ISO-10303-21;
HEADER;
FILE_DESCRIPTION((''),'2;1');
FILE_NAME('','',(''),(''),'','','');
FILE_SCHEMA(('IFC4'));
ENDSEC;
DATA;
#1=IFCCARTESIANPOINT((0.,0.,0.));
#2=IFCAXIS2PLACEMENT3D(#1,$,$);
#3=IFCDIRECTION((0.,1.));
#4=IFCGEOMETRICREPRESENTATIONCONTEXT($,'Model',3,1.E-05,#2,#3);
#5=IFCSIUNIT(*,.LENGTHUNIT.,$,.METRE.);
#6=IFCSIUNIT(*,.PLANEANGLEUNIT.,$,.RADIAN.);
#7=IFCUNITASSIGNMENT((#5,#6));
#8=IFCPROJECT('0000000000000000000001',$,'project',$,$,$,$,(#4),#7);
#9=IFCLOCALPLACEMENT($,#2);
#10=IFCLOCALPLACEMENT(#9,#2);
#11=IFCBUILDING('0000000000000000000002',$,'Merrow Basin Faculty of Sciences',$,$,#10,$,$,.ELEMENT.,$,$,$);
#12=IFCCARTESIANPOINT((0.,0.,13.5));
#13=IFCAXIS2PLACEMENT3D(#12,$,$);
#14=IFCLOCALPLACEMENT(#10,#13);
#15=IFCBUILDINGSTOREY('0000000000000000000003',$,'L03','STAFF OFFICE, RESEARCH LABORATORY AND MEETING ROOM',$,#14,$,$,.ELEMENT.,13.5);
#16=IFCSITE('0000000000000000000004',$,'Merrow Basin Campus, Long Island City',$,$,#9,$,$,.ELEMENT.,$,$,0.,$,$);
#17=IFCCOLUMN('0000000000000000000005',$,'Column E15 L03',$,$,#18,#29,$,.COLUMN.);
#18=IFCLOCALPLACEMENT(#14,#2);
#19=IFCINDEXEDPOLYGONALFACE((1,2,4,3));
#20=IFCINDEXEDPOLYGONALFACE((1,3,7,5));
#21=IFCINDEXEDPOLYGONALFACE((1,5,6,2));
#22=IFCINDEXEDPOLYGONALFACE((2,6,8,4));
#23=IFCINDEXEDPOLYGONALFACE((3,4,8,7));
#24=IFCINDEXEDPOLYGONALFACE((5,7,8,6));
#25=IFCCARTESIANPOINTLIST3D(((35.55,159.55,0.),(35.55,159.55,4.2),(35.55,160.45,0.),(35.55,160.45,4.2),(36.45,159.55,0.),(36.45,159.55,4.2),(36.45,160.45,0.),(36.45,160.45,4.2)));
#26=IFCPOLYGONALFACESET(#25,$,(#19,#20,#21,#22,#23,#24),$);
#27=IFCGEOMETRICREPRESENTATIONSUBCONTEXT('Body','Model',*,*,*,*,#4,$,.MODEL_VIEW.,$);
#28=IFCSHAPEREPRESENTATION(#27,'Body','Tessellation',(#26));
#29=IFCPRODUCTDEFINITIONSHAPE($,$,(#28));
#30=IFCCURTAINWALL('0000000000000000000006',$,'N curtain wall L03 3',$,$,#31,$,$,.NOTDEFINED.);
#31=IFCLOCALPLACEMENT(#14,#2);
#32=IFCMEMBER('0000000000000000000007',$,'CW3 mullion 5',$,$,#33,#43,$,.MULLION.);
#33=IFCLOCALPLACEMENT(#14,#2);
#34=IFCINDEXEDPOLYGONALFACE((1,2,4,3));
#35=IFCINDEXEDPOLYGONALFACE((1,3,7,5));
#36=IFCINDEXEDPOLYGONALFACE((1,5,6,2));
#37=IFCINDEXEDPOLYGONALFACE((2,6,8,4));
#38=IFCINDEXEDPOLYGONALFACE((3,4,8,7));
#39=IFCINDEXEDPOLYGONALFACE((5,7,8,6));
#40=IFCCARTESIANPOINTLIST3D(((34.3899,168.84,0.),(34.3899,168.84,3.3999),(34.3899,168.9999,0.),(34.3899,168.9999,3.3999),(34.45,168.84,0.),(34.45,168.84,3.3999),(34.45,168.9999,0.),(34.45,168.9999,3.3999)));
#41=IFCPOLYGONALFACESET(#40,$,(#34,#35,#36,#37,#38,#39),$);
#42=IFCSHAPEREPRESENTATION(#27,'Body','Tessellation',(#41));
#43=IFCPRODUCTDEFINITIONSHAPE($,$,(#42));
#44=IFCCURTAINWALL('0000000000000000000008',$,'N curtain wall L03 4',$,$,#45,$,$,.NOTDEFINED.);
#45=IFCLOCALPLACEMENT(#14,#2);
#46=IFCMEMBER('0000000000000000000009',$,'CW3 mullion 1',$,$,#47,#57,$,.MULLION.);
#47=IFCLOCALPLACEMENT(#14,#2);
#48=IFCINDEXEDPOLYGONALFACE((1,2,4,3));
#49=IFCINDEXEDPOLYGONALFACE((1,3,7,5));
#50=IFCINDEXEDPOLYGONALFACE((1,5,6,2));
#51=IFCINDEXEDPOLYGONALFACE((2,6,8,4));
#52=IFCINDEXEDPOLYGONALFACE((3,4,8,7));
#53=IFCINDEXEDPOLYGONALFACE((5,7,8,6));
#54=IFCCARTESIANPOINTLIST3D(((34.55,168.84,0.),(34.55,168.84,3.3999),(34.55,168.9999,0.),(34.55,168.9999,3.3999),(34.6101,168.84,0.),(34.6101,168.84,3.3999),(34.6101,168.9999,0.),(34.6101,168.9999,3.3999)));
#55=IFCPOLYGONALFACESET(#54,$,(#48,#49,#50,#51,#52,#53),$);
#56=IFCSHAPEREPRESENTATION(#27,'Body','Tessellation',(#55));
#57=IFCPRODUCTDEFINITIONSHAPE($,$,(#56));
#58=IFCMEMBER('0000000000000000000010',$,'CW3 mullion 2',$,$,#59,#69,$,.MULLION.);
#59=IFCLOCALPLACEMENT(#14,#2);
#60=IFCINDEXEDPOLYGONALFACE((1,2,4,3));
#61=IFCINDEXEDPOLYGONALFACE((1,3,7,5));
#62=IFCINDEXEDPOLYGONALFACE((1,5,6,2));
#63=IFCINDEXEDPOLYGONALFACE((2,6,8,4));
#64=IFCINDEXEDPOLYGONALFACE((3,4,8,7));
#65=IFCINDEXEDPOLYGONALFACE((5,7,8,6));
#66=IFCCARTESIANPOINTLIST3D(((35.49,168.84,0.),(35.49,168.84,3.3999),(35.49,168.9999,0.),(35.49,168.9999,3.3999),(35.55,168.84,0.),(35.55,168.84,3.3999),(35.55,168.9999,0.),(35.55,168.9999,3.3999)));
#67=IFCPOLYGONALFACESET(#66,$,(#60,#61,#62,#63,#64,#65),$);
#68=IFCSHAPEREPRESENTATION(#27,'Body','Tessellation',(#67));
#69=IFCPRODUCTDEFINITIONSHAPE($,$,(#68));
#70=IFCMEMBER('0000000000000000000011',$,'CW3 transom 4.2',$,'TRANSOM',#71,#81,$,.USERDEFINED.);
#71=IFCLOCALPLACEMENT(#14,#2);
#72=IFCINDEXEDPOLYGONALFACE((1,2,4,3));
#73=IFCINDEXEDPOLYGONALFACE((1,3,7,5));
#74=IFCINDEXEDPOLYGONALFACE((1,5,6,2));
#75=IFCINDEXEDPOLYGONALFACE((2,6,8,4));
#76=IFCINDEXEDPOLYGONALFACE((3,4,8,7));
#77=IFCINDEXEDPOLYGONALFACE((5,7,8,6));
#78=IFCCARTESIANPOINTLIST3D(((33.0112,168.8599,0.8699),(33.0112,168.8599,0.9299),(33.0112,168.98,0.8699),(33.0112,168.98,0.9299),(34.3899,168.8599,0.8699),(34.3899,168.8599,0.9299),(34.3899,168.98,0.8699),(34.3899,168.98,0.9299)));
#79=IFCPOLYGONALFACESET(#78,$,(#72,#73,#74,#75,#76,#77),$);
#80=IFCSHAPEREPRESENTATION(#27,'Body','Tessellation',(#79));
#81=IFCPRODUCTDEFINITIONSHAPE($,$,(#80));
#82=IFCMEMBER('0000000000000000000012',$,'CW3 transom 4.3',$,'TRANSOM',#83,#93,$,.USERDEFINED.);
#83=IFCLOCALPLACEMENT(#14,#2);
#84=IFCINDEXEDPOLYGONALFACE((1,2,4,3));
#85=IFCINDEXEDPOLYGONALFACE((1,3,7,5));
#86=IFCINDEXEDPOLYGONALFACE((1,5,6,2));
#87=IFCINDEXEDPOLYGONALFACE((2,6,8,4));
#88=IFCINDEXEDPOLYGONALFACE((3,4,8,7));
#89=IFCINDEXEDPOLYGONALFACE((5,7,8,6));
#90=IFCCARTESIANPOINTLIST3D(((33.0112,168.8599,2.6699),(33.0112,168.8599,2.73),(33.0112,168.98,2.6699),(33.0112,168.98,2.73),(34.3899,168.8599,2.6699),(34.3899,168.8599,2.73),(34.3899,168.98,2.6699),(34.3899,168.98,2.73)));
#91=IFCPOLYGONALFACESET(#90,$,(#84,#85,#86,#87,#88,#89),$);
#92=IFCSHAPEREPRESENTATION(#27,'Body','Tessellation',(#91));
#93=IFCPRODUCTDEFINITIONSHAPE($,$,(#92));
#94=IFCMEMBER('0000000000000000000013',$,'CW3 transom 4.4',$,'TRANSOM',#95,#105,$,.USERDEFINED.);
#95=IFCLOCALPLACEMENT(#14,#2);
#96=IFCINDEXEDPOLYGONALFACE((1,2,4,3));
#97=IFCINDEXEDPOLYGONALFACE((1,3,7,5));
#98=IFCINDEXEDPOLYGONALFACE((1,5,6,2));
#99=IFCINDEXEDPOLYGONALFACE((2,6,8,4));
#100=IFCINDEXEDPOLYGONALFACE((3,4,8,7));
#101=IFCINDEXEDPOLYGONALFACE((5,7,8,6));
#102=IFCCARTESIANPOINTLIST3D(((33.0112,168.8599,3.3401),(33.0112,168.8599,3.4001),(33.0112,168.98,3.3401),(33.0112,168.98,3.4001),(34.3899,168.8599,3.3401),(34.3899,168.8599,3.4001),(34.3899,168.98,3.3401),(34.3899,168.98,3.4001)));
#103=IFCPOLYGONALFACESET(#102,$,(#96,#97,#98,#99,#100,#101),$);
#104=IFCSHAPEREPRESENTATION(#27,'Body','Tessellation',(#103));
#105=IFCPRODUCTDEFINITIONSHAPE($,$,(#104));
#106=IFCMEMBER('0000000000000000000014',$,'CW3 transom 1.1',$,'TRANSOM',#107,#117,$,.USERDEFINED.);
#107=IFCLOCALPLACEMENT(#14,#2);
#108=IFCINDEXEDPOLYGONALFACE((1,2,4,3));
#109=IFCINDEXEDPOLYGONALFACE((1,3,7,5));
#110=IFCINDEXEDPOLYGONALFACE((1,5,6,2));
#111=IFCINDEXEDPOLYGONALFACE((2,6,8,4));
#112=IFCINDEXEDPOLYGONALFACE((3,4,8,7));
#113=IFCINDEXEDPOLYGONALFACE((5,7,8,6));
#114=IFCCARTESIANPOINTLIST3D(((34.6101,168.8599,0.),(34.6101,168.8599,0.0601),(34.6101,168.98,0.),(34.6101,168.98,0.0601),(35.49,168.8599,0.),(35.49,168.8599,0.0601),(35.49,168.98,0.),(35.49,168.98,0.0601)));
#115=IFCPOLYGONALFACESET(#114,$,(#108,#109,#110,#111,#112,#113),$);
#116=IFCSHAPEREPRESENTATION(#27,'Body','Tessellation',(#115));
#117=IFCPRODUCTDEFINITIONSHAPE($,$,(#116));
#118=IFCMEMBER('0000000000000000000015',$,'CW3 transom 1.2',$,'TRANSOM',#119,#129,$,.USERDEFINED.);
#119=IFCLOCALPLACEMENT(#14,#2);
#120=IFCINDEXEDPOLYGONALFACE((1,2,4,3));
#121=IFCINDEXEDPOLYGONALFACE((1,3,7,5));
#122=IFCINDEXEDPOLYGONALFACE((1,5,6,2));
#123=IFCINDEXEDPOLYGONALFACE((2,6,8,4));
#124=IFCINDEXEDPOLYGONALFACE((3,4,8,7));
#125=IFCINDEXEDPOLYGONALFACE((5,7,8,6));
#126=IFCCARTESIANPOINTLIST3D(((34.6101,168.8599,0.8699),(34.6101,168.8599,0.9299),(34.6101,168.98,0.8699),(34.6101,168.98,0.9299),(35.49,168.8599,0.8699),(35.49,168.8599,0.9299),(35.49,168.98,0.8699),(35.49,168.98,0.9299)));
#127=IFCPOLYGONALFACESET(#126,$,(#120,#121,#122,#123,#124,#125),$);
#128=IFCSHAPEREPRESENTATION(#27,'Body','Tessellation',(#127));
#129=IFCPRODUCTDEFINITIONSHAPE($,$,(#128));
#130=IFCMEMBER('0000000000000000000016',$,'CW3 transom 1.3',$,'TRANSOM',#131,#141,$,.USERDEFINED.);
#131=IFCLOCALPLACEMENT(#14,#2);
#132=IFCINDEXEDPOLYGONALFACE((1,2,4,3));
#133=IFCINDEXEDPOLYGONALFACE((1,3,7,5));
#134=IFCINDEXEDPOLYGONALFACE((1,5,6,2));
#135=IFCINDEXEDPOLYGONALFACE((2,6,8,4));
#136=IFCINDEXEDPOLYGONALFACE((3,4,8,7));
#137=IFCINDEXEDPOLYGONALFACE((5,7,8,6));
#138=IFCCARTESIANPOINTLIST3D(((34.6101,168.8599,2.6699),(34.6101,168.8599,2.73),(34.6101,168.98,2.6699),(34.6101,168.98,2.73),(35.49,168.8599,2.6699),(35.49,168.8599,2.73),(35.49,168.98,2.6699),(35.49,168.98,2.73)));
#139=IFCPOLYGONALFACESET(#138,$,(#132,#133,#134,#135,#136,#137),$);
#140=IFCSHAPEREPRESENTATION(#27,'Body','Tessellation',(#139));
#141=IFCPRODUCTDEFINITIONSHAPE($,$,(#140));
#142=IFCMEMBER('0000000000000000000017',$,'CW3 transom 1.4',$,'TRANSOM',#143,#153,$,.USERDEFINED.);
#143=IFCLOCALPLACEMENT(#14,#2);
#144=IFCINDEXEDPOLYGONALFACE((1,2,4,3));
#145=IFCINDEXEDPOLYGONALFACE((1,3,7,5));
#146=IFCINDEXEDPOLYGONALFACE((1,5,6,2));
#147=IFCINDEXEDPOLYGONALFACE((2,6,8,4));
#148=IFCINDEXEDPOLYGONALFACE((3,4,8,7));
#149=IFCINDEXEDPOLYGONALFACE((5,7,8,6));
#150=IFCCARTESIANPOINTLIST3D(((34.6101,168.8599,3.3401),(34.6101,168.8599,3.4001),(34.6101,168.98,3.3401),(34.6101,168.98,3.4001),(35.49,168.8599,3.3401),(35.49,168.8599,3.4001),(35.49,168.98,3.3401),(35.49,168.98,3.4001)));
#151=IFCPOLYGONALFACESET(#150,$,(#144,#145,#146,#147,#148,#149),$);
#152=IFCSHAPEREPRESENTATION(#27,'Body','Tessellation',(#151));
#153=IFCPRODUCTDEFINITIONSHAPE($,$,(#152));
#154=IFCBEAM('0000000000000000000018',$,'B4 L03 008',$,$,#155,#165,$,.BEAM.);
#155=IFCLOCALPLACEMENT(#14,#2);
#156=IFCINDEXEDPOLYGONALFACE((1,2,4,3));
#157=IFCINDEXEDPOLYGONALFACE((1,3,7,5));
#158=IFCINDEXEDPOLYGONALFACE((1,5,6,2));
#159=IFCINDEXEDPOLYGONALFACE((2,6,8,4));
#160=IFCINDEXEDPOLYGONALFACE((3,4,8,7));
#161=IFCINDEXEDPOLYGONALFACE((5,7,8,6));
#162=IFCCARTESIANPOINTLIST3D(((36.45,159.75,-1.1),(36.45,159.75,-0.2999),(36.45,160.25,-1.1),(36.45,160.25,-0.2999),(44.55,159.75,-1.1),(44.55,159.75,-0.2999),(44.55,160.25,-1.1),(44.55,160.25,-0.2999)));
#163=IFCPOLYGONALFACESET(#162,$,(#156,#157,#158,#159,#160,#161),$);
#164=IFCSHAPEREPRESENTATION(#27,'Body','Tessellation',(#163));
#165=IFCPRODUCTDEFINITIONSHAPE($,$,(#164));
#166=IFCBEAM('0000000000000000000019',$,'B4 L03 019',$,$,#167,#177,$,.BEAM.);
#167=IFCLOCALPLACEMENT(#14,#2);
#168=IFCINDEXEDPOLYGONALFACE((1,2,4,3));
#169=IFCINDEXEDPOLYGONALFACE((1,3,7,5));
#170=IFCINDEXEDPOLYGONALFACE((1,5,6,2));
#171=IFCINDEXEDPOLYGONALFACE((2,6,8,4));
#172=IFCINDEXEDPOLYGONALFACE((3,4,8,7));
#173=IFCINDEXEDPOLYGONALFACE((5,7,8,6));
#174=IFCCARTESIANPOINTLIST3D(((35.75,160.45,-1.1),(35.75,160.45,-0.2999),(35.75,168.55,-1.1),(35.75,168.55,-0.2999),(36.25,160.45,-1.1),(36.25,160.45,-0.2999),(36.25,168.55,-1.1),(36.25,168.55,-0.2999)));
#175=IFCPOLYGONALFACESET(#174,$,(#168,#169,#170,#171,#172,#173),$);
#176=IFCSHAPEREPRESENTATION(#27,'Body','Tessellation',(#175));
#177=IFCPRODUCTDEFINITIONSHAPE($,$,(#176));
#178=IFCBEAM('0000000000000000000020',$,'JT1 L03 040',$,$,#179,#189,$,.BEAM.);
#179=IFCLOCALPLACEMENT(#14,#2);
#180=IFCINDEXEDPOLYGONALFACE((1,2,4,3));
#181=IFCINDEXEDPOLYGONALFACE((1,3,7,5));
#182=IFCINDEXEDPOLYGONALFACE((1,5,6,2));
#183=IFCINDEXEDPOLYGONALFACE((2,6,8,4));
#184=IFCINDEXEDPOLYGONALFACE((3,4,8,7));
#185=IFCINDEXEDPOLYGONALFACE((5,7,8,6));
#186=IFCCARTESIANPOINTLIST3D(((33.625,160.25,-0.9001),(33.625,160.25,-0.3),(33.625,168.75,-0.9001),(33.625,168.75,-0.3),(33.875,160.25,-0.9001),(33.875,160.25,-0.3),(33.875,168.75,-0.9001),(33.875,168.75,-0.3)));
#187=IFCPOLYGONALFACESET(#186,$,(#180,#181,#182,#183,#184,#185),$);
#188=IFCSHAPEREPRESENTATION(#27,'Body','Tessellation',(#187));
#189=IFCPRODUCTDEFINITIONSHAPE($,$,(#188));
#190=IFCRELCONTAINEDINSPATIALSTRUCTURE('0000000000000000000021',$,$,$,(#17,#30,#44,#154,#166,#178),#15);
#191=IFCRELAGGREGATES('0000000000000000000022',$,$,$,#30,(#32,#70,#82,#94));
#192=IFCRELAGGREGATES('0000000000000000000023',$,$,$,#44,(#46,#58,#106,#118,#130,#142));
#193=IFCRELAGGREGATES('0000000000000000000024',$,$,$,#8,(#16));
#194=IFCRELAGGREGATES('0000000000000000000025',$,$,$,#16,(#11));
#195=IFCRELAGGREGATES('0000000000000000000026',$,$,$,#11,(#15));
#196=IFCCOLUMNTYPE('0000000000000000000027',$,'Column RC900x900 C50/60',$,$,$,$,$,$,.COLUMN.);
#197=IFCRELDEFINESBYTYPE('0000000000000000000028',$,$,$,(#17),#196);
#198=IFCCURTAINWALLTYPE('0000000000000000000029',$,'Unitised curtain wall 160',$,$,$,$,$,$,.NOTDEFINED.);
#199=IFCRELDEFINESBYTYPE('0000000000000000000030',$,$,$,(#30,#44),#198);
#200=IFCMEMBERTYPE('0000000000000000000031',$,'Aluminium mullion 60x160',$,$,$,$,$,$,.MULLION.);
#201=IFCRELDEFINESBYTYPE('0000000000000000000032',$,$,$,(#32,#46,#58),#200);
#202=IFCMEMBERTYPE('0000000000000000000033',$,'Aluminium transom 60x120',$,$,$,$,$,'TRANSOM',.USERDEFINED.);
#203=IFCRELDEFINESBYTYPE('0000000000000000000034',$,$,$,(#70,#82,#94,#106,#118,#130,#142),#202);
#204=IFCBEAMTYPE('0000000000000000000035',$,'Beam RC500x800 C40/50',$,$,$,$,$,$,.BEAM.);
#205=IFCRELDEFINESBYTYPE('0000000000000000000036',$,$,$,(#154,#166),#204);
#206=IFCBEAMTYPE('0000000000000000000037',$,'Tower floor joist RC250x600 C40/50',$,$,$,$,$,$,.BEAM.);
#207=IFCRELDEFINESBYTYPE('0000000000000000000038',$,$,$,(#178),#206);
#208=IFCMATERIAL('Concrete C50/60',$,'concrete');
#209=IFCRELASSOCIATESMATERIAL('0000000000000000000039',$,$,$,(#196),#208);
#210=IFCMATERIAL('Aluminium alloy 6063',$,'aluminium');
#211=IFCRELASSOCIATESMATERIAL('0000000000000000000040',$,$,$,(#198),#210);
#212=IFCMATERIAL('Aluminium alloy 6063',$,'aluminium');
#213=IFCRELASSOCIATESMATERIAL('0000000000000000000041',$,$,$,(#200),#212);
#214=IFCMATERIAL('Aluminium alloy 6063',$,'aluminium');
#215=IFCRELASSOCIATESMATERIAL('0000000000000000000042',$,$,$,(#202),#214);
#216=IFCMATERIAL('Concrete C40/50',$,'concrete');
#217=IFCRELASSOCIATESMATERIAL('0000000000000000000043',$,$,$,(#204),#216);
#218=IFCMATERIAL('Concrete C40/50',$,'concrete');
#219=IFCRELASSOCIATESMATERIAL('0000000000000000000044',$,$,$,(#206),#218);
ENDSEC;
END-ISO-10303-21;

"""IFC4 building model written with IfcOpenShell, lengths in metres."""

from ifc_helpers import new_model, si_unit, direction, frame, origin, origin_2d, place, context, subcontext, project, spatial, rectangle, extrude, material, material_profile, profile_set, type_object, element, aggregate, save


model = new_model("IFC4")

# Units and contexts
model_context = context("Model", 3, precision=1e-05, world=origin(), true_north=direction((0.0, 1.0)))
body_context = subcontext(model_context, "Body", "Model", "MODEL_VIEW")
ifc_project = project(units=[si_unit("LENGTHUNIT", "METRE"), si_unit("PLANEANGLEUNIT", "RADIAN")], contexts=[model_context])

# Site, building, storey
site_placement = place(None, origin())
site = spatial("IfcSite", under=ifc_project, at=site_placement, Name="Merrow Basin Campus, Long Island City", CompositionType="ELEMENT", RefElevation=0.0)
building_placement = place(site_placement, origin())
building = spatial("IfcBuilding", under=site, at=building_placement, Name="Merrow Basin Faculty of Sciences", CompositionType="ELEMENT")
storey_placement = place(building_placement, frame((0.0, 0.0, 13.5)))
storey = spatial("IfcBuildingStorey", under=building, at=storey_placement, Name="L03", Description="STAFF OFFICE, RESEARCH LABORATORY AND MEETING ROOM", CompositionType="ELEMENT", Elevation=13.5)

# Column
ifc_material_1 = material(Name="Concrete C50/60", Category="concrete")
ifc_material_profile_1 = material_profile(ifc_material_1, rectangle(XDim=0.8999, YDim=0.8999, at=origin_2d()))
ifc_profile_set_1 = profile_set([ifc_material_profile_1], Name="Concrete C50/60")
column_type = type_object("IfcColumnType", Name="Column RC900x900 C50/60", PredefinedType="COLUMN", material=ifc_profile_set_1)
column_placement = place(storey_placement, frame((36.0, 160.0, 0.0), z_axis=(0.0, 0.0, 1.0), x_axis=(1.0, 0.0, 0.0)))
element("IfcColumn", 1, at=column_placement, inside=storey, type_object=column_type, Name="Column E15 L03", PredefinedType="COLUMN", context=body_context, shape_type="SweptSolid", body=[
    extrude(rectangle(XDim=0.8999, YDim=0.8999, at=origin_2d()), origin(), (0.0, 0.0, 1.0), 4.2),
])

# Curtain wall, member
ifc_material_2 = material(Name="Aluminium alloy 6063", Category="aluminium")
curtain_wall_type = type_object("IfcCurtainWallType", Name="Unitised curtain wall 160", PredefinedType="NOTDEFINED", material=ifc_material_2)
curtain_wall_1_placement = place(storey_placement, origin())
curtain_wall_1 = element("IfcCurtainWall", 2, at=curtain_wall_1_placement, inside=storey, type_object=curtain_wall_type, Name="N curtain wall L03 3", PredefinedType="NOTDEFINED")
ifc_material_3 = material(Name="Aluminium alloy 6063", Category="aluminium")
ifc_material_profile_2 = material_profile(ifc_material_3, rectangle(XDim=0.1599, YDim=0.0601, at=origin_2d()))
ifc_profile_set_2 = profile_set([ifc_material_profile_2], Name="Aluminium alloy 6063")
member_type_1 = type_object("IfcMemberType", Name="Aluminium mullion 60x160", PredefinedType="MULLION", material=ifc_profile_set_2)
member_1_placement = place(storey_placement, frame((34.4199, 168.9199, 0.0), z_axis=(0.0, 0.0, 1.0), x_axis=(0.0, 1.0, 0.0)))
member_1 = element("IfcMember", 3, at=member_1_placement, type_object=member_type_1, Name="CW3 mullion 5", PredefinedType="MULLION", context=body_context, shape_type="SweptSolid", body=[
    extrude(rectangle(XDim=0.1599, YDim=0.0601, at=origin_2d()), origin(), (0.0, 0.0, 1.0), 3.3999),
])

# Curtain wall, members
curtain_wall_2_placement = place(storey_placement, origin())
curtain_wall_2 = element("IfcCurtainWall", 4, at=curtain_wall_2_placement, inside=storey, type_object=curtain_wall_type, Name="N curtain wall L03 4", PredefinedType="NOTDEFINED")
member_2_placement = place(storey_placement, frame((34.5801, 168.9199, 0.0), z_axis=(0.0, 0.0, 1.0), x_axis=(0.0, 1.0, 0.0)))
member_2 = element("IfcMember", 5, at=member_2_placement, type_object=member_type_1, Name="CW3 mullion 1", PredefinedType="MULLION", context=body_context, shape_type="SweptSolid", body=[
    extrude(rectangle(XDim=0.1599, YDim=0.0601, at=origin_2d()), origin(), (0.0, 0.0, 1.0), 3.3999),
])
member_3_placement = place(storey_placement, frame((35.52, 168.9199, 0.0), z_axis=(0.0, 0.0, 1.0), x_axis=(0.0, 1.0, 0.0)))
member_3 = element("IfcMember", 6, at=member_3_placement, type_object=member_type_1, Name="CW3 mullion 2", PredefinedType="MULLION", context=body_context, shape_type="SweptSolid", body=[
    extrude(rectangle(XDim=0.1599, YDim=0.0601, at=origin_2d()), origin(), (0.0, 0.0, 1.0), 3.3999),
])

# Members
ifc_material_4 = material(Name="Aluminium alloy 6063", Category="aluminium")
ifc_material_profile_3 = material_profile(ifc_material_4, rectangle(XDim=0.1201, YDim=0.0601, at=origin_2d()))
ifc_profile_set_3 = profile_set([ifc_material_profile_3], Name="Aluminium alloy 6063")
member_type_2 = type_object("IfcMemberType", Name="Aluminium transom 60x120", ElementType="TRANSOM", PredefinedType="USERDEFINED", material=ifc_profile_set_3)
member_4_placement = place(storey_placement, frame((33.0112, 168.9199, 0.8999), z_axis=(1.0, 0.0, 0.0), x_axis=(0.0, 1.0, 0.0)))
member_4 = element("IfcMember", 7, at=member_4_placement, type_object=member_type_2, Name="CW3 transom 4.2", ObjectType="TRANSOM", PredefinedType="USERDEFINED", context=body_context, shape_type="SweptSolid", body=[
    extrude(rectangle(XDim=0.1201, YDim=0.0601, at=origin_2d()), origin(), (0.0, 0.0, 1.0), 1.3787),
])
member_5_placement = place(storey_placement, frame((33.0112, 168.9199, 2.7), z_axis=(1.0, 0.0, 0.0), x_axis=(0.0, 1.0, 0.0)))
member_5 = element("IfcMember", 8, at=member_5_placement, type_object=member_type_2, Name="CW3 transom 4.3", ObjectType="TRANSOM", PredefinedType="USERDEFINED", context=body_context, shape_type="SweptSolid", body=[
    extrude(rectangle(XDim=0.1201, YDim=0.0601, at=origin_2d()), origin(), (0.0, 0.0, 1.0), 1.3787),
])
member_6_placement = place(storey_placement, frame((33.0112, 168.9199, 3.3701), z_axis=(1.0, 0.0, 0.0), x_axis=(0.0, 1.0, 0.0)))
member_6 = element("IfcMember", 9, at=member_6_placement, type_object=member_type_2, Name="CW3 transom 4.4", ObjectType="TRANSOM", PredefinedType="USERDEFINED", context=body_context, shape_type="SweptSolid", body=[
    extrude(rectangle(XDim=0.1201, YDim=0.0601, at=origin_2d()), origin(), (0.0, 0.0, 1.0), 1.3787),
])
member_7_placement = place(storey_placement, frame((34.6101, 168.9199, 0.03), z_axis=(1.0, 0.0, 0.0), x_axis=(0.0, 1.0, 0.0)))
member_7 = element("IfcMember", 10, at=member_7_placement, type_object=member_type_2, Name="CW3 transom 1.1", ObjectType="TRANSOM", PredefinedType="USERDEFINED", context=body_context, shape_type="SweptSolid", body=[
    extrude(rectangle(XDim=0.1201, YDim=0.0601, at=origin_2d()), origin(), (0.0, 0.0, 1.0), 0.8799),
])
member_8_placement = place(storey_placement, frame((34.6101, 168.9199, 0.8999), z_axis=(1.0, 0.0, 0.0), x_axis=(0.0, 1.0, 0.0)))
member_8 = element("IfcMember", 11, at=member_8_placement, type_object=member_type_2, Name="CW3 transom 1.2", ObjectType="TRANSOM", PredefinedType="USERDEFINED", context=body_context, shape_type="SweptSolid", body=[
    extrude(rectangle(XDim=0.1201, YDim=0.0601, at=origin_2d()), origin(), (0.0, 0.0, 1.0), 0.8799),
])
member_9_placement = place(storey_placement, frame((34.6101, 168.9199, 2.7), z_axis=(1.0, 0.0, 0.0), x_axis=(0.0, 1.0, 0.0)))
member_9 = element("IfcMember", 12, at=member_9_placement, type_object=member_type_2, Name="CW3 transom 1.3", ObjectType="TRANSOM", PredefinedType="USERDEFINED", context=body_context, shape_type="SweptSolid", body=[
    extrude(rectangle(XDim=0.1201, YDim=0.0601, at=origin_2d()), origin(), (0.0, 0.0, 1.0), 0.8799),
])
member_10_placement = place(storey_placement, frame((34.6101, 168.9199, 3.3701), z_axis=(1.0, 0.0, 0.0), x_axis=(0.0, 1.0, 0.0)))
member_10 = element("IfcMember", 13, at=member_10_placement, type_object=member_type_2, Name="CW3 transom 1.4", ObjectType="TRANSOM", PredefinedType="USERDEFINED", context=body_context, shape_type="SweptSolid", body=[
    extrude(rectangle(XDim=0.1201, YDim=0.0601, at=origin_2d()), origin(), (0.0, 0.0, 1.0), 0.8799),
])

# Beams
ifc_material_5 = material(Name="Concrete C40/50", Category="concrete")
ifc_material_profile_4 = material_profile(ifc_material_5, rectangle(XDim=0.5, YDim=0.8, at=origin_2d()))
ifc_profile_set_4 = profile_set([ifc_material_profile_4], Name="Concrete C40/50")
beam_type_1 = type_object("IfcBeamType", Name="Beam RC500x800 C40/50", PredefinedType="BEAM", material=ifc_profile_set_4)
for number, where, z_axis, x_axis, name in (
    (14, (36.45, 160.0, -0.7), (1.0, 0.0, 0.0), (0.0, 1.0, 0.0), "B4 L03 008"),
    (15, (36.0, 160.45, -0.7), (0.0, 1.0, 0.0), (-1.0, 0.0, 0.0), "B4 L03 019"),
):
    element("IfcBeam", number, at=place(storey_placement, frame(where, z_axis=z_axis, x_axis=x_axis)), inside=storey, type_object=beam_type_1, Name=name, PredefinedType="BEAM", context=body_context, shape_type="SweptSolid", body=[
        extrude(rectangle(XDim=0.5, YDim=0.8, at=origin_2d()), origin(), (0.0, 0.0, 1.0), 8.1001),
    ])
ifc_material_6 = material(Name="Concrete C40/50", Category="concrete")
ifc_material_profile_5 = material_profile(ifc_material_6, rectangle(XDim=0.25, YDim=0.6001, at=origin_2d()))
ifc_profile_set_5 = profile_set([ifc_material_profile_5], Name="Concrete C40/50")
beam_type_2 = type_object("IfcBeamType", Name="Tower floor joist RC250x600 C40/50", PredefinedType="BEAM", material=ifc_profile_set_5)
for number, where, z_axis, x_axis, name in (
    (16, (33.75, 160.25, -0.6001), (0.0, 1.0, 0.0), (-1.0, 0.0, 0.0), "JT1 L03 040"),
):
    element("IfcBeam", number, at=place(storey_placement, frame(where, z_axis=z_axis, x_axis=x_axis)), inside=storey, type_object=beam_type_2, Name=name, PredefinedType="BEAM", context=body_context, shape_type="SweptSolid", body=[
        extrude(rectangle(XDim=0.25, YDim=0.6001, at=origin_2d()), origin(), (0.0, 0.0, 1.0), 8.5),
    ])

aggregate(curtain_wall_1, [member_1, member_4, member_5, member_6])
aggregate(curtain_wall_2, [member_2, member_3, member_7, member_8, member_9, member_10])

save(model, "model.ifc")
